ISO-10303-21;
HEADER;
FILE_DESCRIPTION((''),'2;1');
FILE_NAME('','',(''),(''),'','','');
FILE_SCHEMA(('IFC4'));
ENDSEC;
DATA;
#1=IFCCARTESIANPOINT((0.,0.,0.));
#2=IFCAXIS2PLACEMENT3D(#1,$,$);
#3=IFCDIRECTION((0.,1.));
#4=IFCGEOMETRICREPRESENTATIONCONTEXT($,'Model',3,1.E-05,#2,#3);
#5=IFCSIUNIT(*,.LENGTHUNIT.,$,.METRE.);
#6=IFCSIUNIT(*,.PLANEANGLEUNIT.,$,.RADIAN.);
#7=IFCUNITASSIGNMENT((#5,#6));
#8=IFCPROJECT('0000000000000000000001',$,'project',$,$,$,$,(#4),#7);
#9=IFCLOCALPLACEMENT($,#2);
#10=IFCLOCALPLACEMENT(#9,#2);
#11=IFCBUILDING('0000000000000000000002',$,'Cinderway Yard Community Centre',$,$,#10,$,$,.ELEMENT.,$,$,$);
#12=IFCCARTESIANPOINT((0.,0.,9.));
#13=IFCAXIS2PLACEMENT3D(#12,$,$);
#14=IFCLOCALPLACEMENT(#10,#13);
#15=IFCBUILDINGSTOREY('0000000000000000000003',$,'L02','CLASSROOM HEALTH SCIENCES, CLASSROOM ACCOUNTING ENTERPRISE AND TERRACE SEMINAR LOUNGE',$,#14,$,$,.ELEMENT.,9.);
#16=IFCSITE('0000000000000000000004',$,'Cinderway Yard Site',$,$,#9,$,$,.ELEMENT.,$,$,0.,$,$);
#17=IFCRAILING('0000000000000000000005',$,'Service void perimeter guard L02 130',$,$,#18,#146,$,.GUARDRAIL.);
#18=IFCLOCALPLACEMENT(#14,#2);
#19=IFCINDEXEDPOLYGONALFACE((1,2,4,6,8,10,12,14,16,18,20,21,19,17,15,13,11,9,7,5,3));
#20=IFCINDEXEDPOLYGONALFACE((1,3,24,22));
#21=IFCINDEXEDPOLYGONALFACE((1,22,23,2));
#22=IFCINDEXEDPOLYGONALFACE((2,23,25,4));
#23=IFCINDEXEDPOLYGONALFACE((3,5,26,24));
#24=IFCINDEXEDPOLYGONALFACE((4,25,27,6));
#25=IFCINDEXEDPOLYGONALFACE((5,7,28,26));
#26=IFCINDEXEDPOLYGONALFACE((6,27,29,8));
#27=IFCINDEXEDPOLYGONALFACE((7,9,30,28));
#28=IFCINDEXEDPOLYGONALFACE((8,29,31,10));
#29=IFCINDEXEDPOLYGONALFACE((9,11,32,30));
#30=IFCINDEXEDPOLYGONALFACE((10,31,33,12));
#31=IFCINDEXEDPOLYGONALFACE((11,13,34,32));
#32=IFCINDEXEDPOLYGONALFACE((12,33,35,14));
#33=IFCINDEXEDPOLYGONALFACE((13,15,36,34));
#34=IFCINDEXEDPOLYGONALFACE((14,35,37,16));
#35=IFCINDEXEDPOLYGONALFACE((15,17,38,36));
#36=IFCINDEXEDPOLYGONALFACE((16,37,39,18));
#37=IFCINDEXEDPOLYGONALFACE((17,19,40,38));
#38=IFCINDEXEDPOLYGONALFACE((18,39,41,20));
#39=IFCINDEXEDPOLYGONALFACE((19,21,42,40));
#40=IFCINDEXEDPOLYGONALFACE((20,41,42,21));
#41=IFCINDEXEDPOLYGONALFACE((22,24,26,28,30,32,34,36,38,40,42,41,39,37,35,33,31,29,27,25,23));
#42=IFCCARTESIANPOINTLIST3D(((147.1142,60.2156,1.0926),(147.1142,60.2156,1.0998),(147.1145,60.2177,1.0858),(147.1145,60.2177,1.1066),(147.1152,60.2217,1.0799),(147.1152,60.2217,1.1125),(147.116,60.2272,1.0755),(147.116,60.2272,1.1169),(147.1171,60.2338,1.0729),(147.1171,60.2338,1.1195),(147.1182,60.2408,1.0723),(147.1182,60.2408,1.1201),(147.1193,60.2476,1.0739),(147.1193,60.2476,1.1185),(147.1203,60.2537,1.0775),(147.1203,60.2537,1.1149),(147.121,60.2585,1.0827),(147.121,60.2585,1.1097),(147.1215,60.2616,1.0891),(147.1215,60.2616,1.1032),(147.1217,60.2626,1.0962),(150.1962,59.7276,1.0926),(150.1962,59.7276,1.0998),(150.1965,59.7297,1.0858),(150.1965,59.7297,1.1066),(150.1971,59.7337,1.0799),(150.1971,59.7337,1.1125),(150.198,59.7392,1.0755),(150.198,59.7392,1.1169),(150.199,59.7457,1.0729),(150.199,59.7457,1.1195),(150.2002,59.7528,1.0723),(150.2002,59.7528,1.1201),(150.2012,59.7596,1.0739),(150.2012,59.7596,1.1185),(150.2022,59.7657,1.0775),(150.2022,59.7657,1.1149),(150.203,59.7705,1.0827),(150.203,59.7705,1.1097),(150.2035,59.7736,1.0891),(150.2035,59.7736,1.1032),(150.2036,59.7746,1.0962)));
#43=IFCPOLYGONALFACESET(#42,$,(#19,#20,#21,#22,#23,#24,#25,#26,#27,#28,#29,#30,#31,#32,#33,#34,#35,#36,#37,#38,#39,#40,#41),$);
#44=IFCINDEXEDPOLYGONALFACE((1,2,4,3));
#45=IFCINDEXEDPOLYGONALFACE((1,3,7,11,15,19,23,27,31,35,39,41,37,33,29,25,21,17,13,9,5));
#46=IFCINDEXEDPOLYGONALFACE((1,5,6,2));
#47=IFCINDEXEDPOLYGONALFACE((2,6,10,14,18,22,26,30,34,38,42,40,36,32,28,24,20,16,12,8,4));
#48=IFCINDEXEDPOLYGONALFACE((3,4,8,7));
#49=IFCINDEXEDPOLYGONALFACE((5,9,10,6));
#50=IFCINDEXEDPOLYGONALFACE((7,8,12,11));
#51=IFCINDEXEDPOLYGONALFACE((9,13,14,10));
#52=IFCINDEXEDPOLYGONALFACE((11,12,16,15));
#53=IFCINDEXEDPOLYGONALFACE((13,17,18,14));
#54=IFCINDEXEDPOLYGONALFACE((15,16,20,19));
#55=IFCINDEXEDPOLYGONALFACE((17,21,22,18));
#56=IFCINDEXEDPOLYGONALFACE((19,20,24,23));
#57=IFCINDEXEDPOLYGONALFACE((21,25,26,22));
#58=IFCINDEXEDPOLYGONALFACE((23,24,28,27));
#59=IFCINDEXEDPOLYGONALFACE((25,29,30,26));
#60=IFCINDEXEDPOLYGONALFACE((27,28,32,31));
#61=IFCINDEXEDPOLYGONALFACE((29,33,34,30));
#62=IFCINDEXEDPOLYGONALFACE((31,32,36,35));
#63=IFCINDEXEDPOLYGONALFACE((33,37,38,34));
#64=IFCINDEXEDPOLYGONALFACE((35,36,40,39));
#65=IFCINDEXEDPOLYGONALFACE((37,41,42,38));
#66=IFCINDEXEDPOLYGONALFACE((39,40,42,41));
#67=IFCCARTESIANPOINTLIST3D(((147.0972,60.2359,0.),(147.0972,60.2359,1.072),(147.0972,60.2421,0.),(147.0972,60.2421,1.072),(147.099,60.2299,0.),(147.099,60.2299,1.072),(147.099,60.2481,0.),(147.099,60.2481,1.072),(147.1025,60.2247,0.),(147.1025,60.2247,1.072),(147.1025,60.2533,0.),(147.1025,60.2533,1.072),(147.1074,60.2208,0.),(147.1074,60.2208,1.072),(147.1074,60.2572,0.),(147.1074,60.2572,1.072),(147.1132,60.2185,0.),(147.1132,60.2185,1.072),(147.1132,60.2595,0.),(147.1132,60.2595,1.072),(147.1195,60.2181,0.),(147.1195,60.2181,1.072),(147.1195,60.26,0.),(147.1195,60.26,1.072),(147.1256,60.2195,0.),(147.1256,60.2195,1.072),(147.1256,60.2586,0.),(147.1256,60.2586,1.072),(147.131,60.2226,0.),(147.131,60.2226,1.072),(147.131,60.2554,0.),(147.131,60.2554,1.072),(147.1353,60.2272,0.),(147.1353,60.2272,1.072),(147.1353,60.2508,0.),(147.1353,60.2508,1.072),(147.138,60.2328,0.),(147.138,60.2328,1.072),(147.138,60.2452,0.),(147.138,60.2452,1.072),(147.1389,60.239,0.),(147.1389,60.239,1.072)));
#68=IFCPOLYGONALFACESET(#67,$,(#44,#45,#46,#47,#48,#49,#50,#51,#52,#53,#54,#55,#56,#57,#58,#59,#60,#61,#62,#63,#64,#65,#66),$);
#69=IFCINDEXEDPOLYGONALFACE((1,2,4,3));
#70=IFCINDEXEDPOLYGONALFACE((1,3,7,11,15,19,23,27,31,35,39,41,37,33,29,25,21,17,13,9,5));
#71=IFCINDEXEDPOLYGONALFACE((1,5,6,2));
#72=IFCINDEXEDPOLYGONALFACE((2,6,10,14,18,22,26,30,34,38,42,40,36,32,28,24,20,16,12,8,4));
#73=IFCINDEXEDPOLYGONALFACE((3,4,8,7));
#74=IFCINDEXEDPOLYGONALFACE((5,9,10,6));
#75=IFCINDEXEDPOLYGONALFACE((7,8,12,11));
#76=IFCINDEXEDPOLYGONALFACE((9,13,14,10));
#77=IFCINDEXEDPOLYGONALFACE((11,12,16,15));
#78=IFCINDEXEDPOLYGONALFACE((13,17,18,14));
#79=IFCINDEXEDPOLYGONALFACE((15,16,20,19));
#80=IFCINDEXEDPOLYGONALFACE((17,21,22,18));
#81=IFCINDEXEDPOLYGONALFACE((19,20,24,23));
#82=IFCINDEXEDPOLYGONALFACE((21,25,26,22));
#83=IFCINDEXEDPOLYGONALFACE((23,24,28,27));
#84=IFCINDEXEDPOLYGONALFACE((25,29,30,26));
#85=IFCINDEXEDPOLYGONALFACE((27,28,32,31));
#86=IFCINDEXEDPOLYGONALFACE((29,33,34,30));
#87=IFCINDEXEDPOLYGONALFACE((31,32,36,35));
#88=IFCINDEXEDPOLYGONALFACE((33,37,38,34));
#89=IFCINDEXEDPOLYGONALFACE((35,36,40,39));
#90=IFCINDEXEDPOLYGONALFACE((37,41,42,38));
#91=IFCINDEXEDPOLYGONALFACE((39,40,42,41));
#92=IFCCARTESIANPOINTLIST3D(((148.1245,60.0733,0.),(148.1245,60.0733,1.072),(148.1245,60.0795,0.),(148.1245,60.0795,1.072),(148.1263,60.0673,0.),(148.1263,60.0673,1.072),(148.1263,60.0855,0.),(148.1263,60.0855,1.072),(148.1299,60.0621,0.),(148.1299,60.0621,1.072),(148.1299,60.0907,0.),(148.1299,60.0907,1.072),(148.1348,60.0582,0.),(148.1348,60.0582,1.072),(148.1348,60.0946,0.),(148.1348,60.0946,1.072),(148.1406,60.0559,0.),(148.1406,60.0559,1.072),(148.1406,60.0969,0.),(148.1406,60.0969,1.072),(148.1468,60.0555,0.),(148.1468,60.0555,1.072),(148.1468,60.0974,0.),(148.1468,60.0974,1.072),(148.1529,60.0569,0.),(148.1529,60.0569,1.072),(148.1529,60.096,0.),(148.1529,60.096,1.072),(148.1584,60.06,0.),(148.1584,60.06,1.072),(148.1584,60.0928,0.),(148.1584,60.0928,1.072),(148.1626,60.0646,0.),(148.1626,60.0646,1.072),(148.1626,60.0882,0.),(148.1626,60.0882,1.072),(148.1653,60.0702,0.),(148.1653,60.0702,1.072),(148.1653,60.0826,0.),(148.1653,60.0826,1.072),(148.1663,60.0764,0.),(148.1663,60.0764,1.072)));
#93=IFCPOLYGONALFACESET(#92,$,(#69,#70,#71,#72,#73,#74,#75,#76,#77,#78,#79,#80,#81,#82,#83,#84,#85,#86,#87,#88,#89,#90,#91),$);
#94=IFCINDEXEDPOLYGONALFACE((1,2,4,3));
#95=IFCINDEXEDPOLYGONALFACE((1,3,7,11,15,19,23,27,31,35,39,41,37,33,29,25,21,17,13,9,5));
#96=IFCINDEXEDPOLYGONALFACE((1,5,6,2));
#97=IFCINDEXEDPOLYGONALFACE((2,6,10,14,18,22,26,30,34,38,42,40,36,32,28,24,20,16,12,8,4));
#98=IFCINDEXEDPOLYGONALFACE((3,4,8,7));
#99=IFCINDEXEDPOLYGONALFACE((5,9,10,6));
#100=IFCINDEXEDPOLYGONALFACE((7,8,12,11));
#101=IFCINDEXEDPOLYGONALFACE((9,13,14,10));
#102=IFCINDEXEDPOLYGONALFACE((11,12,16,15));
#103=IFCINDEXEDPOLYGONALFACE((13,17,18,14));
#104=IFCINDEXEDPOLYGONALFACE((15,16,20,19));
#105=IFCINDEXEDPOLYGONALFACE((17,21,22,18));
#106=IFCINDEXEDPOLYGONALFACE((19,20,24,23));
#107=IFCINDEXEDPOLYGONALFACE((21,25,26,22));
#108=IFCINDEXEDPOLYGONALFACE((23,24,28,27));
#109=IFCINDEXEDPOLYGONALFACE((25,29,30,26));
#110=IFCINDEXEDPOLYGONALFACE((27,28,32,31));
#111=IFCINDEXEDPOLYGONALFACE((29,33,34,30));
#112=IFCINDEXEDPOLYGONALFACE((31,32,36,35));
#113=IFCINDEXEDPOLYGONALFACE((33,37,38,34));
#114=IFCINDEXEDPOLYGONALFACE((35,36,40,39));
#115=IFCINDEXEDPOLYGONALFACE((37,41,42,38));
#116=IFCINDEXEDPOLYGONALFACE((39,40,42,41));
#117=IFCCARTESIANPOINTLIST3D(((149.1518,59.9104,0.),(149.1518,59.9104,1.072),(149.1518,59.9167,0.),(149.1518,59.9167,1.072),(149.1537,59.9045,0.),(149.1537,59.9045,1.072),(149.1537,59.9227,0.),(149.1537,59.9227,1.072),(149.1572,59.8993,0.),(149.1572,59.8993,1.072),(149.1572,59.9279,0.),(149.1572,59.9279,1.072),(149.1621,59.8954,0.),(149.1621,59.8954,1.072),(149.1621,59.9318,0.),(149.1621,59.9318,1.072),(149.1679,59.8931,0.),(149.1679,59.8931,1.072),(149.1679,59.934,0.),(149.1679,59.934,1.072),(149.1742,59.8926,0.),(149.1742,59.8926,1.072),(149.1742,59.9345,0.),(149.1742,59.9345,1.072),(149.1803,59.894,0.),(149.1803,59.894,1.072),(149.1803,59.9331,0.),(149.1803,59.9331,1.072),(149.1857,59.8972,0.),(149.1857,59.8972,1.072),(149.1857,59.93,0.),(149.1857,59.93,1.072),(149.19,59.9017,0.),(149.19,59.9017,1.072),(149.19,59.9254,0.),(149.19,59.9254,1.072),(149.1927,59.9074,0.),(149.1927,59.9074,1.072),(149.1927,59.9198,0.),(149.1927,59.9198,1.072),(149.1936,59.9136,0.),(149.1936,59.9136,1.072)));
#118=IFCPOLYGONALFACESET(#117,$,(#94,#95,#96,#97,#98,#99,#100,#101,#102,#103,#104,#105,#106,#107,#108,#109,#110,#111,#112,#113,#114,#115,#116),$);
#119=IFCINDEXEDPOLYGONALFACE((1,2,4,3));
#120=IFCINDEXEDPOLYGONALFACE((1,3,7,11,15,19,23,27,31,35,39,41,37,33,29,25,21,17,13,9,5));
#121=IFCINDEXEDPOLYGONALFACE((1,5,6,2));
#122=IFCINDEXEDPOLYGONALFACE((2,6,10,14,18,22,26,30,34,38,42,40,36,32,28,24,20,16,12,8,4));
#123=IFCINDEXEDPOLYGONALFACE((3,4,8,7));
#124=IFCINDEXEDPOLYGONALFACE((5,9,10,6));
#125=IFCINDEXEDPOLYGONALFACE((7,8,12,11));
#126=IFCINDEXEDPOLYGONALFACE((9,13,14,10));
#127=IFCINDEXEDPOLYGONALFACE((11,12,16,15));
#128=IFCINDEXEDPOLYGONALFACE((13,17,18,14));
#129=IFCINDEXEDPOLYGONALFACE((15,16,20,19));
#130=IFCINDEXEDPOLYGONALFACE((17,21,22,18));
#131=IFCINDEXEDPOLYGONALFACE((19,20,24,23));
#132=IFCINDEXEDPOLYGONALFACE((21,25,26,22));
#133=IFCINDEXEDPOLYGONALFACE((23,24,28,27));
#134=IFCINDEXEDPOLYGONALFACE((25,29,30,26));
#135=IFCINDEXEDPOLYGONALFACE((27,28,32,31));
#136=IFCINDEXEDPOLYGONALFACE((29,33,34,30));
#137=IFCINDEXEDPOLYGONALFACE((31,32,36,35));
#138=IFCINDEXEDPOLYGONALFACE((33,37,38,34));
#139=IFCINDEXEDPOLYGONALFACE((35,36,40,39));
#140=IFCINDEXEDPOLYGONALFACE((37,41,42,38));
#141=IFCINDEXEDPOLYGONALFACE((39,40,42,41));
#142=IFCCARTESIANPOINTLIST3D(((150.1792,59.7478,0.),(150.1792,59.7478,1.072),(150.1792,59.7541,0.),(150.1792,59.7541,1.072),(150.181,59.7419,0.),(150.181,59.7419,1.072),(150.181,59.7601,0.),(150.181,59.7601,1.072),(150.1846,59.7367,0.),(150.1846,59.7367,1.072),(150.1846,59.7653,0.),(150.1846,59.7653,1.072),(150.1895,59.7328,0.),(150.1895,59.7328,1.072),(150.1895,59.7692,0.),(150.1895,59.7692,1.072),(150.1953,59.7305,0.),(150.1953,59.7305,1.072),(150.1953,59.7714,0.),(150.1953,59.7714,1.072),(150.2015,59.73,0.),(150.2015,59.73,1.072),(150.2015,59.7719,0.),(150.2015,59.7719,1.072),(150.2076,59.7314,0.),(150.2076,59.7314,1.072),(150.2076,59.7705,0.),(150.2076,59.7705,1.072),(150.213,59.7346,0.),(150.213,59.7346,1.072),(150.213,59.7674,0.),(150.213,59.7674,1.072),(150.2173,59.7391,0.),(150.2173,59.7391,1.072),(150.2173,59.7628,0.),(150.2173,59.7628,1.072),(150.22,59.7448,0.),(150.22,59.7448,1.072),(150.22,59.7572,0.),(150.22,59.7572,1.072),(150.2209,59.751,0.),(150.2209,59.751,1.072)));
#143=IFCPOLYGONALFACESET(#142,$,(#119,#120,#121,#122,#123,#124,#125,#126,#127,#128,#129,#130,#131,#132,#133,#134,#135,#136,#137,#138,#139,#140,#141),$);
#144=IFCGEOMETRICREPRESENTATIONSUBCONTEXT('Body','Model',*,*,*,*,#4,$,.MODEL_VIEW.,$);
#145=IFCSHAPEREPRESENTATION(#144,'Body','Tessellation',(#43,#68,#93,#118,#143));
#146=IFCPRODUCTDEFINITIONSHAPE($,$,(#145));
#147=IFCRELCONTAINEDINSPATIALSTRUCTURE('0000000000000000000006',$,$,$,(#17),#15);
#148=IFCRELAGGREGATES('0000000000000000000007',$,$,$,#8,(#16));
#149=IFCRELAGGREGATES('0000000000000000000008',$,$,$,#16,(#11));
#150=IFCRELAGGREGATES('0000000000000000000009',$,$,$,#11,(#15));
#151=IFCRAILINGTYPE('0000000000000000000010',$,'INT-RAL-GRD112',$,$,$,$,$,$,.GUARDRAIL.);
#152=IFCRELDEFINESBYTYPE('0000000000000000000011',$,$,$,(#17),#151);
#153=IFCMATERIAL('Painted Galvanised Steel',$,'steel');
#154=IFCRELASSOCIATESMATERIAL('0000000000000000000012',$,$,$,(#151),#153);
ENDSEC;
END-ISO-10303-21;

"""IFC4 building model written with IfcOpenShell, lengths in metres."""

from ifc_helpers import new_model, si_unit, direction, frame, origin, origin_2d, place, context, subcontext, project, spatial, circle, extrude, material, type_object, element, save


model = new_model("IFC4")

# Units and contexts
model_context = context("Model", 3, precision=1e-05, world=origin(), true_north=direction((0.0, 1.0)))
body_context = subcontext(model_context, "Body", "Model", "MODEL_VIEW")
ifc_project = project(units=[si_unit("LENGTHUNIT", "METRE"), si_unit("PLANEANGLEUNIT", "RADIAN")], contexts=[model_context])

# Site, building, storey
site_placement = place(None, origin())
site = spatial("IfcSite", under=ifc_project, at=site_placement, Name="Cinderway Yard Site", CompositionType="ELEMENT", RefElevation=0.0)
building_placement = place(site_placement, origin())
building = spatial("IfcBuilding", under=site, at=building_placement, Name="Cinderway Yard Community Centre", CompositionType="ELEMENT")
storey_placement = place(building_placement, frame((0.0, 0.0, 9.0)))
storey = spatial("IfcBuildingStorey", under=building, at=storey_placement, Name="L02", Description="CLASSROOM HEALTH SCIENCES, CLASSROOM ACCOUNTING ENTERPRISE AND TERRACE SEMINAR LOUNGE", CompositionType="ELEMENT", Elevation=9.0)

# Shared definitions
ifc_material_1 = material(Name="Painted Galvanised Steel", Category="steel")

# Railing
railing_type_1 = type_object("IfcRailingType", Name="INT-RAL-GRD112", PredefinedType="GUARDRAIL", material=ifc_material_1)
railing_1_placement = place(storey_placement, frame((147.1179, 60.239, 0.0)))
element("IfcRailing", 1, at=railing_1_placement, inside=storey, type_object=railing_type_1, Name="Service void perimeter guard L02 130", PredefinedType="GUARDRAIL", context=body_context, shape_type="SweptSolid", body=[
    extrude(circle(Radius=0.0239, at=origin_2d()), frame((0.0, 0.0, 1.0962), z_axis=(0.987694, -0.1564, 0.0), x_axis=(0.1564, 0.987694, 0.0)), (0.0, 0.0, 1.0), 3.1204),
    extrude(circle(Radius=0.021, at=origin_2d()), origin(), (0.0, 0.0, 1.0), 1.072),
    extrude(circle(Radius=0.021, at=origin_2d()), frame((1.0273, -0.1626, 0.0)), (0.0, 0.0, 1.0), 1.072),
    extrude(circle(Radius=0.021, at=origin_2d()), frame((2.0547, -0.3254, 0.0)), (0.0, 0.0, 1.0), 1.072),
    extrude(circle(Radius=0.021, at=origin_2d()), frame((3.082, -0.488, 0.0)), (0.0, 0.0, 1.0), 1.072),
])

save(model, "model.ifc")
